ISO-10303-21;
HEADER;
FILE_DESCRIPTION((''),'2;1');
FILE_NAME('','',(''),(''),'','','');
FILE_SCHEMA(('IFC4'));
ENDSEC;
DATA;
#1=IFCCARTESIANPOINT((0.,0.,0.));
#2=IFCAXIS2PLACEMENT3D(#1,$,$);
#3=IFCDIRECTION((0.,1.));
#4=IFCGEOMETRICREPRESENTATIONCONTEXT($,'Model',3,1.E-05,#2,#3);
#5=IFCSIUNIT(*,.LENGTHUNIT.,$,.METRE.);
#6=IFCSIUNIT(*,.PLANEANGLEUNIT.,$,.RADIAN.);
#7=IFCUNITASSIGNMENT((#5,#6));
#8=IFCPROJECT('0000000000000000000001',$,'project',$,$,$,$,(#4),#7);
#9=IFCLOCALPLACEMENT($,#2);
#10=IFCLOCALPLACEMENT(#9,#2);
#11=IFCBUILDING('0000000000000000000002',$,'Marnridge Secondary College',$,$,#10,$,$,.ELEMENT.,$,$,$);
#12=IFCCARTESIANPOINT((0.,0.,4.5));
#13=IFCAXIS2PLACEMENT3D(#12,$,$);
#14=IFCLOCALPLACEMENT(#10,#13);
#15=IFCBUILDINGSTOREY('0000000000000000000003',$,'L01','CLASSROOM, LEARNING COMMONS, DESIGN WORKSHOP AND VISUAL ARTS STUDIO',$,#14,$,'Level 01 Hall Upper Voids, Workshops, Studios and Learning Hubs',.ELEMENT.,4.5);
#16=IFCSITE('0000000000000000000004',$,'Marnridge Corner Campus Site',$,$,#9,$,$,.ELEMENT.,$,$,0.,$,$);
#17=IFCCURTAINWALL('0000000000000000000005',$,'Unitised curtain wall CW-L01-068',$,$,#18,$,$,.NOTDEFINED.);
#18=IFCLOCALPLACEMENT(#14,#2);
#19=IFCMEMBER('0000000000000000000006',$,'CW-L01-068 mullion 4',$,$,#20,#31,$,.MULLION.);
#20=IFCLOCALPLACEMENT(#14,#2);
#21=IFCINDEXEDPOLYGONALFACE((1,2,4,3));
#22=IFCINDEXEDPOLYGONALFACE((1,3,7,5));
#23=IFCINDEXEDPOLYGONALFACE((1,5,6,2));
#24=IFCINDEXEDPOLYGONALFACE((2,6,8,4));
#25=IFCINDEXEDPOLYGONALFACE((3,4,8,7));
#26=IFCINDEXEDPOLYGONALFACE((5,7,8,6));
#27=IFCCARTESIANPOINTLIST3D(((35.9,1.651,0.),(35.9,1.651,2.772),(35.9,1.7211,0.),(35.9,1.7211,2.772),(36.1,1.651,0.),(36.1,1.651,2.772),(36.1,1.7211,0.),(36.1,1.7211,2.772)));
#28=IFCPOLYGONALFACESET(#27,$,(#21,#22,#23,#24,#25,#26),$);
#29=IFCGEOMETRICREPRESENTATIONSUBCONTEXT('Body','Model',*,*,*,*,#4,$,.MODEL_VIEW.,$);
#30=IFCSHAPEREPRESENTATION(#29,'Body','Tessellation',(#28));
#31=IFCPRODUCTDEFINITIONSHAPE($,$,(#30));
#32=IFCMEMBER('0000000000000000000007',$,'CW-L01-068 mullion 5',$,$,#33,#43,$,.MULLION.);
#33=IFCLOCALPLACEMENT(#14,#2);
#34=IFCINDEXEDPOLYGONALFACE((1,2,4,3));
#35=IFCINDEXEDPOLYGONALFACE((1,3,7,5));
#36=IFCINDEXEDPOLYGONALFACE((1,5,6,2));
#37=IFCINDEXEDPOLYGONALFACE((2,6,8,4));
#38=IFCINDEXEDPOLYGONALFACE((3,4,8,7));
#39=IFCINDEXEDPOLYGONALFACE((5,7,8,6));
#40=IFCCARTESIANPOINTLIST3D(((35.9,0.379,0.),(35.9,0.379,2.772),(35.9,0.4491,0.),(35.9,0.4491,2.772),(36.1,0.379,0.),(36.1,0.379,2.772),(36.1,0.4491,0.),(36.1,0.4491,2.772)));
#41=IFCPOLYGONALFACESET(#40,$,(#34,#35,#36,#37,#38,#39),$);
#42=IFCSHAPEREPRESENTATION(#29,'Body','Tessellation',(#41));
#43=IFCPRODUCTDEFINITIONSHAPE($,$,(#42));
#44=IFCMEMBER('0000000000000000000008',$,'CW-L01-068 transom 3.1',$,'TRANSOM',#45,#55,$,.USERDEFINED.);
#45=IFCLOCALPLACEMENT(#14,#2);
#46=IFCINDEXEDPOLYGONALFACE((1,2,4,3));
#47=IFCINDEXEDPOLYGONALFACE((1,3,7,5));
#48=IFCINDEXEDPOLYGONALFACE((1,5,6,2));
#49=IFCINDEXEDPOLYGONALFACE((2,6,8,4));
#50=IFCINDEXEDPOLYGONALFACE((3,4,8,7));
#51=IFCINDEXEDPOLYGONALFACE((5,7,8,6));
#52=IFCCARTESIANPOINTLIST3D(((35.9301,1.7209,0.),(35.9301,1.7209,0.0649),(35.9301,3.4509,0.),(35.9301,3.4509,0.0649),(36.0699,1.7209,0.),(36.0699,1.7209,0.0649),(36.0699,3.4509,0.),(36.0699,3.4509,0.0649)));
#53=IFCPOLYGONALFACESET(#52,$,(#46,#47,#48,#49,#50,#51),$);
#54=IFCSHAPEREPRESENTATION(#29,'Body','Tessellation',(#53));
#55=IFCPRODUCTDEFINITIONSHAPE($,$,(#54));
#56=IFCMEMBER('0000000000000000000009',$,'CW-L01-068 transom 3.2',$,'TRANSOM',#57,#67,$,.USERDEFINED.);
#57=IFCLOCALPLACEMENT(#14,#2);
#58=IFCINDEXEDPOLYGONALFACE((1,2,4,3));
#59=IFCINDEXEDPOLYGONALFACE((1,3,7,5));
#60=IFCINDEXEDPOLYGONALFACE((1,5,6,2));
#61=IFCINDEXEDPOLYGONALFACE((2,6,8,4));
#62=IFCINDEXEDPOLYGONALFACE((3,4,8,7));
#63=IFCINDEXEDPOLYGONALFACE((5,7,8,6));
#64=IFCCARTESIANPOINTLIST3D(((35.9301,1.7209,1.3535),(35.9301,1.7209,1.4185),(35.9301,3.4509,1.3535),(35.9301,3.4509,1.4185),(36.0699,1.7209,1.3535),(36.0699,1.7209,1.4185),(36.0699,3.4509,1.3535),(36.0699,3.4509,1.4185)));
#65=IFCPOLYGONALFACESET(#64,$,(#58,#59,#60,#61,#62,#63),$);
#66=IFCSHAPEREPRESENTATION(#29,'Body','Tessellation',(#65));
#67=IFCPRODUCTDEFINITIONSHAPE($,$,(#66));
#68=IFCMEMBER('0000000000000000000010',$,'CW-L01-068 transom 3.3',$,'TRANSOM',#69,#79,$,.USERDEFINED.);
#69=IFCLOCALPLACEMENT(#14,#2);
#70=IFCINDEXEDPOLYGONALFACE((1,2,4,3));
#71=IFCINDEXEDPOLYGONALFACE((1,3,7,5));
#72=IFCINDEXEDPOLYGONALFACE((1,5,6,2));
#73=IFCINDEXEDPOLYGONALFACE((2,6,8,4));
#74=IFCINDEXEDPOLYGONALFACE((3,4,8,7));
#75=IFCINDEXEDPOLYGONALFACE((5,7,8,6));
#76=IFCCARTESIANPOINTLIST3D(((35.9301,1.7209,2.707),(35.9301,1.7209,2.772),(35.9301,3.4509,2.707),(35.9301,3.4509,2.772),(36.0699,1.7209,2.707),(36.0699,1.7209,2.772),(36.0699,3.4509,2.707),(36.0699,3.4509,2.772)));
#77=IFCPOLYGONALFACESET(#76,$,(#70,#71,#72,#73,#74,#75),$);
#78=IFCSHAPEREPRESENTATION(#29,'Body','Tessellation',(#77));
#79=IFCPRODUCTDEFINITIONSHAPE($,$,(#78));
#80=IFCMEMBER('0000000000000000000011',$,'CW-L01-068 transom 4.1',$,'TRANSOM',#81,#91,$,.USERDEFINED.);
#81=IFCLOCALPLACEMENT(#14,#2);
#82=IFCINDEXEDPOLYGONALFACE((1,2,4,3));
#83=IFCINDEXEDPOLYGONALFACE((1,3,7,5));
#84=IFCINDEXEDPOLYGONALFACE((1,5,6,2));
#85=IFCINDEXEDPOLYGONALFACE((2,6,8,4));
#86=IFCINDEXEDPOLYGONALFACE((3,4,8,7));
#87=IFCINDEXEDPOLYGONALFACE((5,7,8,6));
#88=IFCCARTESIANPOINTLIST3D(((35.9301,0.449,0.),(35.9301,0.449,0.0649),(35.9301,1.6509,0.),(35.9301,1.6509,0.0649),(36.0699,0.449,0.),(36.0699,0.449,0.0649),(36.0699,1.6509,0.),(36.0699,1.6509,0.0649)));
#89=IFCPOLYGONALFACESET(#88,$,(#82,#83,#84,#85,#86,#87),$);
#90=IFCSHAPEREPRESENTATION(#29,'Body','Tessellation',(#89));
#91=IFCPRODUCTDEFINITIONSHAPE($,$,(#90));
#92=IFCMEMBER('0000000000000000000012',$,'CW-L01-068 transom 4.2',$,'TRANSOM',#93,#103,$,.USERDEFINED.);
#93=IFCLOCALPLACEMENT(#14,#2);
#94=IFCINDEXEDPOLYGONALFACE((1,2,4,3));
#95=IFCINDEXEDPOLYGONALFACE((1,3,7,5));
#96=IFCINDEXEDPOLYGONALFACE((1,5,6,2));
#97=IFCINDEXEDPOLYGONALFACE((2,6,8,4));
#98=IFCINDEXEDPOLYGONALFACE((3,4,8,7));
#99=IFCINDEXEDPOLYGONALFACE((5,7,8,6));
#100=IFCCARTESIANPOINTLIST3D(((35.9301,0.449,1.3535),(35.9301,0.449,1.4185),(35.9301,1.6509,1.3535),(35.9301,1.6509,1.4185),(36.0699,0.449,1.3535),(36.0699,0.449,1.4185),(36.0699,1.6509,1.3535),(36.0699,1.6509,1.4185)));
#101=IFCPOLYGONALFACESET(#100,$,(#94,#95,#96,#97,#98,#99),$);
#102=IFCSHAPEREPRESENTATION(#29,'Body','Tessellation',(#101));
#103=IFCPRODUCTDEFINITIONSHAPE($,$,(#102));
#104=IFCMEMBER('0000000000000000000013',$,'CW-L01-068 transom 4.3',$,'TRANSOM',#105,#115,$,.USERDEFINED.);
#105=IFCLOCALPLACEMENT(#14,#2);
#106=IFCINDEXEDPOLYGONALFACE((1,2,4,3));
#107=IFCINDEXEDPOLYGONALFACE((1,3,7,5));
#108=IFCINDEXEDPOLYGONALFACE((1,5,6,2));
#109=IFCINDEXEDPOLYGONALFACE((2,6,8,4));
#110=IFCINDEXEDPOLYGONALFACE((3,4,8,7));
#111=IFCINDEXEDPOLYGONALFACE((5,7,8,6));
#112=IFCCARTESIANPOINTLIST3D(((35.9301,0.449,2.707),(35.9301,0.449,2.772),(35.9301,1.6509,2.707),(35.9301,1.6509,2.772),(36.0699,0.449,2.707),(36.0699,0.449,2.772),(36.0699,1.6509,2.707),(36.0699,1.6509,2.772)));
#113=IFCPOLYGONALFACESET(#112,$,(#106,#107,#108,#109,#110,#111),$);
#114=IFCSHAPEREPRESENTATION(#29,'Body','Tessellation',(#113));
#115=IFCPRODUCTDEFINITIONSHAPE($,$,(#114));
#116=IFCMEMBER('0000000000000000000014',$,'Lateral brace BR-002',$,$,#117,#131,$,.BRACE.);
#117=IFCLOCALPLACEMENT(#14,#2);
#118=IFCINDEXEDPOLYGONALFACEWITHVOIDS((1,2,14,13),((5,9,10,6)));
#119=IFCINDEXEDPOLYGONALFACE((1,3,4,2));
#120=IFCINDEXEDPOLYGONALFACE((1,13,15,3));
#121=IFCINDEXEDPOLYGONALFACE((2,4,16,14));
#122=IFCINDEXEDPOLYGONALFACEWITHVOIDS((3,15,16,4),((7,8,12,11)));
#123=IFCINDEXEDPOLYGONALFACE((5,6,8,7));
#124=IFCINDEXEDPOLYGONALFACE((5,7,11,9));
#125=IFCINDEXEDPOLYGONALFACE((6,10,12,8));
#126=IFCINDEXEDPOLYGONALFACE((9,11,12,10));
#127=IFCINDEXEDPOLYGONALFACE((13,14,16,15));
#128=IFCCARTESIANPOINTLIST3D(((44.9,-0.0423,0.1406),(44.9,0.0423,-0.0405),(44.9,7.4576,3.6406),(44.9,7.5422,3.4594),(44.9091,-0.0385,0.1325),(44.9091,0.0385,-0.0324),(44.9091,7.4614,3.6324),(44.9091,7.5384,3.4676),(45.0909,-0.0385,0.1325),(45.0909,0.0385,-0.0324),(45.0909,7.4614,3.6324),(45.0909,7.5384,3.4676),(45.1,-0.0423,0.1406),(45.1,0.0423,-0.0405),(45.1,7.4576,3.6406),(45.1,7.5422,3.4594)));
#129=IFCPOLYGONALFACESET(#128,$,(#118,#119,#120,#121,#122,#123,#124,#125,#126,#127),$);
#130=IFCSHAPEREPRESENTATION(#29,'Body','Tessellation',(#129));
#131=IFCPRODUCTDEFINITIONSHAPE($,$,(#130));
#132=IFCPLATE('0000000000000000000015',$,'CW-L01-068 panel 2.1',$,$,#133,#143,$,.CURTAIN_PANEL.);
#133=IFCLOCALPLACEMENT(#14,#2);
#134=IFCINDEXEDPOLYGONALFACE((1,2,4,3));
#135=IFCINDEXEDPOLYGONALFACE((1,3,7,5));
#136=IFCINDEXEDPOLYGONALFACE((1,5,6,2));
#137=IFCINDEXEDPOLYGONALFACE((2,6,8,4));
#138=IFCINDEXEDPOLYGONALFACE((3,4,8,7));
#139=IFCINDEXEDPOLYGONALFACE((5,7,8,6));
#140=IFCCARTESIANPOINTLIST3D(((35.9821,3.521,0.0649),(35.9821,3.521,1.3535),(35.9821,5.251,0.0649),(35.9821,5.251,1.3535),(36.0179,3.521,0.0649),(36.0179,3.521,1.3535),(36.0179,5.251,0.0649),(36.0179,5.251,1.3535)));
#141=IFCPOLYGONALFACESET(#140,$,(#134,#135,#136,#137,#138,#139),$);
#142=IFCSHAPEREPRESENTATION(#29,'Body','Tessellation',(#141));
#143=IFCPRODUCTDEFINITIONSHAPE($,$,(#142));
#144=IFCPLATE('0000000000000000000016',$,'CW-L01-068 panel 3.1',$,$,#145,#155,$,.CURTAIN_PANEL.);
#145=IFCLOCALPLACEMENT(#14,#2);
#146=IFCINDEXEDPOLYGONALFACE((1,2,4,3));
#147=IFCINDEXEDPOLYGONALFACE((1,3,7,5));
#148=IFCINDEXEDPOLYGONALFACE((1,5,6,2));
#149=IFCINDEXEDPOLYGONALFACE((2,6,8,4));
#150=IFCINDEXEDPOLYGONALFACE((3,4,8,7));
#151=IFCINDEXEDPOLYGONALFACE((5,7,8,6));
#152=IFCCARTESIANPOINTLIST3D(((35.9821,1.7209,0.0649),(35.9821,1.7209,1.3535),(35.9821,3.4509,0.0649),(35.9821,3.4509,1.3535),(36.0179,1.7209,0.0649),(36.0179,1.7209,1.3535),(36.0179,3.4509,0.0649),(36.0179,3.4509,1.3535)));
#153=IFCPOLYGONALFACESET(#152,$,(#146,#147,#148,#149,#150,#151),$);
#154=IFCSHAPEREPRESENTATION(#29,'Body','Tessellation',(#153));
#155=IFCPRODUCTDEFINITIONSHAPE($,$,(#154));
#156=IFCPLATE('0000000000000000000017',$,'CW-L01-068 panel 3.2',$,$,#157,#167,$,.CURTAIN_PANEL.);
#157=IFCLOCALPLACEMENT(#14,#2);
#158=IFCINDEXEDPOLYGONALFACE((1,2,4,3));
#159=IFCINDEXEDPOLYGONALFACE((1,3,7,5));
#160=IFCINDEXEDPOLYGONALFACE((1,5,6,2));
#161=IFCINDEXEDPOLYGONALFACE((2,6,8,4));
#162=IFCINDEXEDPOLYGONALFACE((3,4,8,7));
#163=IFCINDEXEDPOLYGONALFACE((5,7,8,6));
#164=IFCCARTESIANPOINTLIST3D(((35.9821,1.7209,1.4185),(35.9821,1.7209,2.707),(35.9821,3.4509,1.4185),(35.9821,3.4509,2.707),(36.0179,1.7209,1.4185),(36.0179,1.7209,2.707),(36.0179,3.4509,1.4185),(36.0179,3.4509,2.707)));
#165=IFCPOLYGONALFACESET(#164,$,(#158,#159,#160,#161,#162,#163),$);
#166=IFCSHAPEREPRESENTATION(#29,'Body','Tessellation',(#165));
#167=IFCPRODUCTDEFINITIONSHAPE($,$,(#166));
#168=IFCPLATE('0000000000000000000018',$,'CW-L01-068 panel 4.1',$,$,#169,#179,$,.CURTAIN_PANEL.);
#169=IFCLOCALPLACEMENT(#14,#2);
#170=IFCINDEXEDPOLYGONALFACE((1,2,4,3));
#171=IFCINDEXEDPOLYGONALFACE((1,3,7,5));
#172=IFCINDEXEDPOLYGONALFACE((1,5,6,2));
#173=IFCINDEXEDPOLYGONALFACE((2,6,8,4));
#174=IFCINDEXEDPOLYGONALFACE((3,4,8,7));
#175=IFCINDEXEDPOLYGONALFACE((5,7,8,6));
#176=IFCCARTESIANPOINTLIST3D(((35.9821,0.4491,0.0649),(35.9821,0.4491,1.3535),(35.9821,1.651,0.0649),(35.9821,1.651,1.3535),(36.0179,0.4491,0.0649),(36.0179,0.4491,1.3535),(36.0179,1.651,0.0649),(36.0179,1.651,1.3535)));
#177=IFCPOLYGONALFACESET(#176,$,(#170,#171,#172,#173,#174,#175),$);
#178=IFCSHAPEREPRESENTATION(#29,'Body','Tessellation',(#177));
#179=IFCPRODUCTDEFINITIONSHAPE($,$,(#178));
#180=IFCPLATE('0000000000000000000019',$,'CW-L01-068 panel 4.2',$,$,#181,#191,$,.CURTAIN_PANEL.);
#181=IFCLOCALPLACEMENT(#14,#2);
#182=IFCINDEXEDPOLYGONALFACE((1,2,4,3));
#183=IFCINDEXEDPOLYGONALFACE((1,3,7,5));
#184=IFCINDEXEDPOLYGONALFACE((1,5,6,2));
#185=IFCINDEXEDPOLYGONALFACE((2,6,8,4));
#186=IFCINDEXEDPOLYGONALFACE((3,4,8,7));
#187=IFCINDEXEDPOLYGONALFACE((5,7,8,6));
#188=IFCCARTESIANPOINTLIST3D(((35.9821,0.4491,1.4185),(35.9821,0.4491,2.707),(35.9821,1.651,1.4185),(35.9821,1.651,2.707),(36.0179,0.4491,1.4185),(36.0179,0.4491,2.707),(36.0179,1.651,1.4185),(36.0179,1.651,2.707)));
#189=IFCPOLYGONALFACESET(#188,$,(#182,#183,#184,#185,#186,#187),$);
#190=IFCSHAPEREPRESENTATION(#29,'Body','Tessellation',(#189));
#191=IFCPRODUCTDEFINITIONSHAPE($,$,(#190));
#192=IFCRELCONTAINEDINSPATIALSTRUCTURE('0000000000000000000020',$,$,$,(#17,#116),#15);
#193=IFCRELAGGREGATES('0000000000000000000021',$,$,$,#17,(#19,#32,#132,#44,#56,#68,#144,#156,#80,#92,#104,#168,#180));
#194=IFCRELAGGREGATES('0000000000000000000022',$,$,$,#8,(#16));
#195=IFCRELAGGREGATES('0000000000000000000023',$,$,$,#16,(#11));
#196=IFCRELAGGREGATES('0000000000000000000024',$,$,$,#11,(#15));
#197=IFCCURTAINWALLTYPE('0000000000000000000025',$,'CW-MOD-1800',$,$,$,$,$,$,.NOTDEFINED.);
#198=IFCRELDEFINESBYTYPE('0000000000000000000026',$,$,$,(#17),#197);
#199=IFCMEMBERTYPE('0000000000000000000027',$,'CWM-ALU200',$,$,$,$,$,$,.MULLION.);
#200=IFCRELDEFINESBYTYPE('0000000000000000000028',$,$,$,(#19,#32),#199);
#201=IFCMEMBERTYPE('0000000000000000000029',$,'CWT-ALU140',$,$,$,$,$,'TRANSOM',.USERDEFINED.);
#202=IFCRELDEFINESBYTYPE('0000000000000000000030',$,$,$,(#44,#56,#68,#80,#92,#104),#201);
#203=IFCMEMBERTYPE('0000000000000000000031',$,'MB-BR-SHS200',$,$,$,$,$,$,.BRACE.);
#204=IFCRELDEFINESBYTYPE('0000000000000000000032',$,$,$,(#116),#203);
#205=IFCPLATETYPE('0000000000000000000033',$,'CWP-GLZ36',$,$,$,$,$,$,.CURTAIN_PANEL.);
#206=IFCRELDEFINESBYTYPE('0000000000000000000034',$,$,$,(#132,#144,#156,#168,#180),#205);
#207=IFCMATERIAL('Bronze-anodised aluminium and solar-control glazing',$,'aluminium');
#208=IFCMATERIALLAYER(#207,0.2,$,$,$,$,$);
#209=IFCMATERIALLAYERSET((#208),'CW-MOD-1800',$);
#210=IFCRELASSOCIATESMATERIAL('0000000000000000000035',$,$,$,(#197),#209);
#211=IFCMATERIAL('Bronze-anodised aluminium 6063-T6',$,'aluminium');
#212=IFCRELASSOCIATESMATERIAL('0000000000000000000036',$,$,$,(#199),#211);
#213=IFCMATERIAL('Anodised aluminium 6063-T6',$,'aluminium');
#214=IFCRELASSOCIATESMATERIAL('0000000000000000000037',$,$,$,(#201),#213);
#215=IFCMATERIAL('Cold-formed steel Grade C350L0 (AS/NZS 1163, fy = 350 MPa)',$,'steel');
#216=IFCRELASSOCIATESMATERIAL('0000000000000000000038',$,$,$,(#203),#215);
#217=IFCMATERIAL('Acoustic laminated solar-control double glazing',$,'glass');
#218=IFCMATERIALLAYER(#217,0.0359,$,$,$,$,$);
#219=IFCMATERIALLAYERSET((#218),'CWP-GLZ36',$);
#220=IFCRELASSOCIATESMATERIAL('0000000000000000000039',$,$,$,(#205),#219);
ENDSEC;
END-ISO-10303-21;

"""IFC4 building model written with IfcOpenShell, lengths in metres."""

from ifc_helpers import new_model, si_unit, direction, frame, origin, origin_2d, place, context, subcontext, project, spatial, rectangle, hollow_rectangle, extrude, material, layer, layer_set, material_profile, profile_set, type_object, element, aggregate, save


model = new_model("IFC4")

# Units and contexts
model_context = context("Model", 3, precision=1e-05, world=origin(), true_north=direction((0.0, 1.0)))
body_context = subcontext(model_context, "Body", "Model", "MODEL_VIEW")
ifc_project = project(units=[si_unit("LENGTHUNIT", "METRE"), si_unit("PLANEANGLEUNIT", "RADIAN")], contexts=[model_context])

# Site, building, storey
site_placement = place(None, origin())
site = spatial("IfcSite", under=ifc_project, at=site_placement, Name="Marnridge Corner Campus Site", CompositionType="ELEMENT", RefElevation=0.0)
building_placement = place(site_placement, origin())
building = spatial("IfcBuilding", under=site, at=building_placement, Name="Marnridge Secondary College", CompositionType="ELEMENT")
storey_placement = place(building_placement, frame((0.0, 0.0, 4.5)))
storey = spatial("IfcBuildingStorey", under=building, at=storey_placement, Name="L01", Description="CLASSROOM, LEARNING COMMONS, DESIGN WORKSHOP AND VISUAL ARTS STUDIO", LongName="Level 01 Hall Upper Voids, Workshops, Studios and Learning Hubs", CompositionType="ELEMENT", Elevation=4.5)

# Curtain wall, members
ifc_material_1 = material(Name="Bronze-anodised aluminium and solar-control glazing", Category="aluminium")
ifc_layer_1 = layer(ifc_material_1, 0.2)
ifc_layer_set_1 = layer_set([ifc_layer_1], Name="CW-MOD-1800")
curtain_wall_type = type_object("IfcCurtainWallType", Name="CW-MOD-1800", PredefinedType="NOTDEFINED", material=ifc_layer_set_1)
curtain_wall_placement = place(storey_placement, origin())
curtain_wall = element("IfcCurtainWall", 1, at=curtain_wall_placement, inside=storey, type_object=curtain_wall_type, Name="Unitised curtain wall CW-L01-068", PredefinedType="NOTDEFINED")
ifc_material_2 = material(Name="Bronze-anodised aluminium 6063-T6", Category="aluminium")
ifc_material_profile_1 = material_profile(ifc_material_2, rectangle(XDim=0.0701, YDim=0.2, at=origin_2d()), Name="ALU 70x200")
ifc_profile_set_1 = profile_set([ifc_material_profile_1], Name="Bronze-anodised aluminium 6063-T6")
member_type_1 = type_object("IfcMemberType", Name="CWM-ALU200", PredefinedType="MULLION", material=ifc_profile_set_1)
member_1_placement = place(storey_placement, frame((36.0, 1.686, 0.0), z_axis=(0.0, 0.0, 1.0), x_axis=(0.0, -1.0, 0.0)))
member_1 = element("IfcMember", 2, at=member_1_placement, type_object=member_type_1, Name="CW-L01-068 mullion 4", PredefinedType="MULLION", context=body_context, shape_type="SweptSolid", body=[
    extrude(rectangle(XDim=0.0701, YDim=0.2, at=origin_2d()), origin(), (0.0, 0.0, 1.0), 2.772),
])
member_2_placement = place(storey_placement, frame((36.0, 0.4141, 0.0), z_axis=(0.0, 0.0, 1.0), x_axis=(0.0, -1.0, 0.0)))
member_2 = element("IfcMember", 3, at=member_2_placement, type_object=member_type_1, Name="CW-L01-068 mullion 5", PredefinedType="MULLION", context=body_context, shape_type="SweptSolid", body=[
    extrude(rectangle(XDim=0.0701, YDim=0.2, at=origin_2d()), origin(), (0.0, 0.0, 1.0), 2.772),
])
ifc_material_3 = material(Name="Anodised aluminium 6063-T6", Category="aluminium")
ifc_material_profile_2 = material_profile(ifc_material_3, rectangle(XDim=0.0649, YDim=0.1399, at=origin_2d()), Name="ALU 65x140")
ifc_profile_set_2 = profile_set([ifc_material_profile_2], Name="Anodised aluminium 6063-T6")
member_type_2 = type_object("IfcMemberType", Name="CWT-ALU140", ElementType="TRANSOM", PredefinedType="USERDEFINED", material=ifc_profile_set_2)
member_3_placement = place(storey_placement, frame((36.0, 3.4509, 0.0325), z_axis=(0.0, -1.0, 0.0), x_axis=(0.0, 0.0, 1.0)))
member_3 = element("IfcMember", 4, at=member_3_placement, type_object=member_type_2, Name="CW-L01-068 transom 3.1", ObjectType="TRANSOM", PredefinedType="USERDEFINED", context=body_context, shape_type="SweptSolid", body=[
    extrude(rectangle(XDim=0.0649, YDim=0.1399, at=origin_2d()), origin(), (0.0, 0.0, 1.0), 1.73),
])
member_4_placement = place(storey_placement, frame((36.0, 3.4509, 1.386), z_axis=(0.0, -1.0, 0.0), x_axis=(0.0, 0.0, 1.0)))
member_4 = element("IfcMember", 5, at=member_4_placement, type_object=member_type_2, Name="CW-L01-068 transom 3.2", ObjectType="TRANSOM", PredefinedType="USERDEFINED", context=body_context, shape_type="SweptSolid", body=[
    extrude(rectangle(XDim=0.0649, YDim=0.1399, at=origin_2d()), origin(), (0.0, 0.0, 1.0), 1.73),
])
member_5_placement = place(storey_placement, frame((36.0, 3.4509, 2.7395), z_axis=(0.0, -1.0, 0.0), x_axis=(0.0, 0.0, 1.0)))
member_5 = element("IfcMember", 6, at=member_5_placement, type_object=member_type_2, Name="CW-L01-068 transom 3.3", ObjectType="TRANSOM", PredefinedType="USERDEFINED", context=body_context, shape_type="SweptSolid", body=[
    extrude(rectangle(XDim=0.0649, YDim=0.1399, at=origin_2d()), origin(), (0.0, 0.0, 1.0), 1.73),
])
member_6_placement = place(storey_placement, frame((36.0, 1.6509, 0.0325), z_axis=(0.0, -1.0, 0.0), x_axis=(0.0, 0.0, 1.0)))
member_6 = element("IfcMember", 7, at=member_6_placement, type_object=member_type_2, Name="CW-L01-068 transom 4.1", ObjectType="TRANSOM", PredefinedType="USERDEFINED", context=body_context, shape_type="SweptSolid", body=[
    extrude(rectangle(XDim=0.0649, YDim=0.1399, at=origin_2d()), origin(), (0.0, 0.0, 1.0), 1.2019),
])
member_7_placement = place(storey_placement, frame((36.0, 1.6509, 1.386), z_axis=(0.0, -1.0, 0.0), x_axis=(0.0, 0.0, 1.0)))
member_7 = element("IfcMember", 8, at=member_7_placement, type_object=member_type_2, Name="CW-L01-068 transom 4.2", ObjectType="TRANSOM", PredefinedType="USERDEFINED", context=body_context, shape_type="SweptSolid", body=[
    extrude(rectangle(XDim=0.0649, YDim=0.1399, at=origin_2d()), origin(), (0.0, 0.0, 1.0), 1.2019),
])
member_8_placement = place(storey_placement, frame((36.0, 1.6509, 2.7395), z_axis=(0.0, -1.0, 0.0), x_axis=(0.0, 0.0, 1.0)))
member_8 = element("IfcMember", 9, at=member_8_placement, type_object=member_type_2, Name="CW-L01-068 transom 4.3", ObjectType="TRANSOM", PredefinedType="USERDEFINED", context=body_context, shape_type="SweptSolid", body=[
    extrude(rectangle(XDim=0.0649, YDim=0.1399, at=origin_2d()), origin(), (0.0, 0.0, 1.0), 1.2019),
])

# Member
ifc_material_4 = material(Name="Cold-formed steel Grade C350L0 (AS/NZS 1163, fy = 350 MPa)", Category="steel")
ifc_material_profile_3 = material_profile(ifc_material_4, hollow_rectangle(XDim=0.2, YDim=0.2, WallThickness=0.009, at=origin_2d()), Name="200x200x9.0SHS")
ifc_profile_set_3 = profile_set([ifc_material_profile_3], Name="Cold-formed steel Grade C350L0 (AS/NZS 1163, fy = 350 MPa)")
member_type_3 = type_object("IfcMemberType", Name="MB-BR-SHS200", PredefinedType="BRACE", material=ifc_profile_set_3)
member_9_placement = place(storey_placement, frame((45.0, 0.0, 0.05), z_axis=(0.0, 0.906183, 0.422885), x_axis=(-1.0, 0.0, 0.0)))
element("IfcMember", 10, at=member_9_placement, inside=storey, type_object=member_type_3, Name="Lateral brace BR-002", PredefinedType="BRACE", context=body_context, shape_type="SweptSolid", body=[
    extrude(hollow_rectangle(XDim=0.2, YDim=0.2, WallThickness=0.009, at=origin_2d()), origin(), (0.0, 0.0, 1.0), 8.2764),
])

# Plates
ifc_material_5 = material(Name="Acoustic laminated solar-control double glazing", Category="glass")
ifc_layer_2 = layer(ifc_material_5, 0.0359)
ifc_layer_set_2 = layer_set([ifc_layer_2], Name="CWP-GLZ36")
plate_type_1 = type_object("IfcPlateType", Name="CWP-GLZ36", PredefinedType="CURTAIN_PANEL", material=ifc_layer_set_2)
plate_1_placement = place(storey_placement, frame((36.0, 4.386, 0.0649), z_axis=(0.0, 0.0, 1.0), x_axis=(0.0, -1.0, 0.0)))
plate_1 = element("IfcPlate", 11, at=plate_1_placement, type_object=plate_type_1, Name="CW-L01-068 panel 2.1", PredefinedType="CURTAIN_PANEL", context=body_context, shape_type="SweptSolid", body=[
    extrude(rectangle(XDim=1.73, YDim=0.0359, at=origin_2d()), origin(), (0.0, 0.0, 1.0), 1.2886),
])
plate_2_placement = place(storey_placement, frame((36.0, 2.5859, 0.0649), z_axis=(0.0, 0.0, 1.0), x_axis=(0.0, -1.0, 0.0)))
plate_2 = element("IfcPlate", 12, at=plate_2_placement, type_object=plate_type_1, Name="CW-L01-068 panel 3.1", PredefinedType="CURTAIN_PANEL", context=body_context, shape_type="SweptSolid", body=[
    extrude(rectangle(XDim=1.73, YDim=0.0359, at=origin_2d()), origin(), (0.0, 0.0, 1.0), 1.2886),
])
plate_3_placement = place(storey_placement, frame((36.0, 2.5859, 1.4185), z_axis=(0.0, 0.0, 1.0), x_axis=(0.0, -1.0, 0.0)))
plate_3 = element("IfcPlate", 13, at=plate_3_placement, type_object=plate_type_1, Name="CW-L01-068 panel 3.2", PredefinedType="CURTAIN_PANEL", context=body_context, shape_type="SweptSolid", body=[
    extrude(rectangle(XDim=1.73, YDim=0.0359, at=origin_2d()), origin(), (0.0, 0.0, 1.0), 1.2886),
])
plate_4_placement = place(storey_placement, frame((36.0, 1.05, 0.0649), z_axis=(0.0, 0.0, 1.0), x_axis=(0.0, -1.0, 0.0)))
plate_4 = element("IfcPlate", 14, at=plate_4_placement, type_object=plate_type_1, Name="CW-L01-068 panel 4.1", PredefinedType="CURTAIN_PANEL", context=body_context, shape_type="SweptSolid", body=[
    extrude(rectangle(XDim=1.2019, YDim=0.0359, at=origin_2d()), origin(), (0.0, 0.0, 1.0), 1.2886),
])
plate_5_placement = place(storey_placement, frame((36.0, 1.05, 1.4185), z_axis=(0.0, 0.0, 1.0), x_axis=(0.0, -1.0, 0.0)))
plate_5 = element("IfcPlate", 15, at=plate_5_placement, type_object=plate_type_1, Name="CW-L01-068 panel 4.2", PredefinedType="CURTAIN_PANEL", context=body_context, shape_type="SweptSolid", body=[
    extrude(rectangle(XDim=1.2019, YDim=0.0359, at=origin_2d()), origin(), (0.0, 0.0, 1.0), 1.2886),
])
aggregate(curtain_wall, [member_1, member_2, plate_1, member_3, member_4, member_5, plate_2, plate_3, member_6, member_7, member_8, plate_4, plate_5])

save(model, "model.ifc")
